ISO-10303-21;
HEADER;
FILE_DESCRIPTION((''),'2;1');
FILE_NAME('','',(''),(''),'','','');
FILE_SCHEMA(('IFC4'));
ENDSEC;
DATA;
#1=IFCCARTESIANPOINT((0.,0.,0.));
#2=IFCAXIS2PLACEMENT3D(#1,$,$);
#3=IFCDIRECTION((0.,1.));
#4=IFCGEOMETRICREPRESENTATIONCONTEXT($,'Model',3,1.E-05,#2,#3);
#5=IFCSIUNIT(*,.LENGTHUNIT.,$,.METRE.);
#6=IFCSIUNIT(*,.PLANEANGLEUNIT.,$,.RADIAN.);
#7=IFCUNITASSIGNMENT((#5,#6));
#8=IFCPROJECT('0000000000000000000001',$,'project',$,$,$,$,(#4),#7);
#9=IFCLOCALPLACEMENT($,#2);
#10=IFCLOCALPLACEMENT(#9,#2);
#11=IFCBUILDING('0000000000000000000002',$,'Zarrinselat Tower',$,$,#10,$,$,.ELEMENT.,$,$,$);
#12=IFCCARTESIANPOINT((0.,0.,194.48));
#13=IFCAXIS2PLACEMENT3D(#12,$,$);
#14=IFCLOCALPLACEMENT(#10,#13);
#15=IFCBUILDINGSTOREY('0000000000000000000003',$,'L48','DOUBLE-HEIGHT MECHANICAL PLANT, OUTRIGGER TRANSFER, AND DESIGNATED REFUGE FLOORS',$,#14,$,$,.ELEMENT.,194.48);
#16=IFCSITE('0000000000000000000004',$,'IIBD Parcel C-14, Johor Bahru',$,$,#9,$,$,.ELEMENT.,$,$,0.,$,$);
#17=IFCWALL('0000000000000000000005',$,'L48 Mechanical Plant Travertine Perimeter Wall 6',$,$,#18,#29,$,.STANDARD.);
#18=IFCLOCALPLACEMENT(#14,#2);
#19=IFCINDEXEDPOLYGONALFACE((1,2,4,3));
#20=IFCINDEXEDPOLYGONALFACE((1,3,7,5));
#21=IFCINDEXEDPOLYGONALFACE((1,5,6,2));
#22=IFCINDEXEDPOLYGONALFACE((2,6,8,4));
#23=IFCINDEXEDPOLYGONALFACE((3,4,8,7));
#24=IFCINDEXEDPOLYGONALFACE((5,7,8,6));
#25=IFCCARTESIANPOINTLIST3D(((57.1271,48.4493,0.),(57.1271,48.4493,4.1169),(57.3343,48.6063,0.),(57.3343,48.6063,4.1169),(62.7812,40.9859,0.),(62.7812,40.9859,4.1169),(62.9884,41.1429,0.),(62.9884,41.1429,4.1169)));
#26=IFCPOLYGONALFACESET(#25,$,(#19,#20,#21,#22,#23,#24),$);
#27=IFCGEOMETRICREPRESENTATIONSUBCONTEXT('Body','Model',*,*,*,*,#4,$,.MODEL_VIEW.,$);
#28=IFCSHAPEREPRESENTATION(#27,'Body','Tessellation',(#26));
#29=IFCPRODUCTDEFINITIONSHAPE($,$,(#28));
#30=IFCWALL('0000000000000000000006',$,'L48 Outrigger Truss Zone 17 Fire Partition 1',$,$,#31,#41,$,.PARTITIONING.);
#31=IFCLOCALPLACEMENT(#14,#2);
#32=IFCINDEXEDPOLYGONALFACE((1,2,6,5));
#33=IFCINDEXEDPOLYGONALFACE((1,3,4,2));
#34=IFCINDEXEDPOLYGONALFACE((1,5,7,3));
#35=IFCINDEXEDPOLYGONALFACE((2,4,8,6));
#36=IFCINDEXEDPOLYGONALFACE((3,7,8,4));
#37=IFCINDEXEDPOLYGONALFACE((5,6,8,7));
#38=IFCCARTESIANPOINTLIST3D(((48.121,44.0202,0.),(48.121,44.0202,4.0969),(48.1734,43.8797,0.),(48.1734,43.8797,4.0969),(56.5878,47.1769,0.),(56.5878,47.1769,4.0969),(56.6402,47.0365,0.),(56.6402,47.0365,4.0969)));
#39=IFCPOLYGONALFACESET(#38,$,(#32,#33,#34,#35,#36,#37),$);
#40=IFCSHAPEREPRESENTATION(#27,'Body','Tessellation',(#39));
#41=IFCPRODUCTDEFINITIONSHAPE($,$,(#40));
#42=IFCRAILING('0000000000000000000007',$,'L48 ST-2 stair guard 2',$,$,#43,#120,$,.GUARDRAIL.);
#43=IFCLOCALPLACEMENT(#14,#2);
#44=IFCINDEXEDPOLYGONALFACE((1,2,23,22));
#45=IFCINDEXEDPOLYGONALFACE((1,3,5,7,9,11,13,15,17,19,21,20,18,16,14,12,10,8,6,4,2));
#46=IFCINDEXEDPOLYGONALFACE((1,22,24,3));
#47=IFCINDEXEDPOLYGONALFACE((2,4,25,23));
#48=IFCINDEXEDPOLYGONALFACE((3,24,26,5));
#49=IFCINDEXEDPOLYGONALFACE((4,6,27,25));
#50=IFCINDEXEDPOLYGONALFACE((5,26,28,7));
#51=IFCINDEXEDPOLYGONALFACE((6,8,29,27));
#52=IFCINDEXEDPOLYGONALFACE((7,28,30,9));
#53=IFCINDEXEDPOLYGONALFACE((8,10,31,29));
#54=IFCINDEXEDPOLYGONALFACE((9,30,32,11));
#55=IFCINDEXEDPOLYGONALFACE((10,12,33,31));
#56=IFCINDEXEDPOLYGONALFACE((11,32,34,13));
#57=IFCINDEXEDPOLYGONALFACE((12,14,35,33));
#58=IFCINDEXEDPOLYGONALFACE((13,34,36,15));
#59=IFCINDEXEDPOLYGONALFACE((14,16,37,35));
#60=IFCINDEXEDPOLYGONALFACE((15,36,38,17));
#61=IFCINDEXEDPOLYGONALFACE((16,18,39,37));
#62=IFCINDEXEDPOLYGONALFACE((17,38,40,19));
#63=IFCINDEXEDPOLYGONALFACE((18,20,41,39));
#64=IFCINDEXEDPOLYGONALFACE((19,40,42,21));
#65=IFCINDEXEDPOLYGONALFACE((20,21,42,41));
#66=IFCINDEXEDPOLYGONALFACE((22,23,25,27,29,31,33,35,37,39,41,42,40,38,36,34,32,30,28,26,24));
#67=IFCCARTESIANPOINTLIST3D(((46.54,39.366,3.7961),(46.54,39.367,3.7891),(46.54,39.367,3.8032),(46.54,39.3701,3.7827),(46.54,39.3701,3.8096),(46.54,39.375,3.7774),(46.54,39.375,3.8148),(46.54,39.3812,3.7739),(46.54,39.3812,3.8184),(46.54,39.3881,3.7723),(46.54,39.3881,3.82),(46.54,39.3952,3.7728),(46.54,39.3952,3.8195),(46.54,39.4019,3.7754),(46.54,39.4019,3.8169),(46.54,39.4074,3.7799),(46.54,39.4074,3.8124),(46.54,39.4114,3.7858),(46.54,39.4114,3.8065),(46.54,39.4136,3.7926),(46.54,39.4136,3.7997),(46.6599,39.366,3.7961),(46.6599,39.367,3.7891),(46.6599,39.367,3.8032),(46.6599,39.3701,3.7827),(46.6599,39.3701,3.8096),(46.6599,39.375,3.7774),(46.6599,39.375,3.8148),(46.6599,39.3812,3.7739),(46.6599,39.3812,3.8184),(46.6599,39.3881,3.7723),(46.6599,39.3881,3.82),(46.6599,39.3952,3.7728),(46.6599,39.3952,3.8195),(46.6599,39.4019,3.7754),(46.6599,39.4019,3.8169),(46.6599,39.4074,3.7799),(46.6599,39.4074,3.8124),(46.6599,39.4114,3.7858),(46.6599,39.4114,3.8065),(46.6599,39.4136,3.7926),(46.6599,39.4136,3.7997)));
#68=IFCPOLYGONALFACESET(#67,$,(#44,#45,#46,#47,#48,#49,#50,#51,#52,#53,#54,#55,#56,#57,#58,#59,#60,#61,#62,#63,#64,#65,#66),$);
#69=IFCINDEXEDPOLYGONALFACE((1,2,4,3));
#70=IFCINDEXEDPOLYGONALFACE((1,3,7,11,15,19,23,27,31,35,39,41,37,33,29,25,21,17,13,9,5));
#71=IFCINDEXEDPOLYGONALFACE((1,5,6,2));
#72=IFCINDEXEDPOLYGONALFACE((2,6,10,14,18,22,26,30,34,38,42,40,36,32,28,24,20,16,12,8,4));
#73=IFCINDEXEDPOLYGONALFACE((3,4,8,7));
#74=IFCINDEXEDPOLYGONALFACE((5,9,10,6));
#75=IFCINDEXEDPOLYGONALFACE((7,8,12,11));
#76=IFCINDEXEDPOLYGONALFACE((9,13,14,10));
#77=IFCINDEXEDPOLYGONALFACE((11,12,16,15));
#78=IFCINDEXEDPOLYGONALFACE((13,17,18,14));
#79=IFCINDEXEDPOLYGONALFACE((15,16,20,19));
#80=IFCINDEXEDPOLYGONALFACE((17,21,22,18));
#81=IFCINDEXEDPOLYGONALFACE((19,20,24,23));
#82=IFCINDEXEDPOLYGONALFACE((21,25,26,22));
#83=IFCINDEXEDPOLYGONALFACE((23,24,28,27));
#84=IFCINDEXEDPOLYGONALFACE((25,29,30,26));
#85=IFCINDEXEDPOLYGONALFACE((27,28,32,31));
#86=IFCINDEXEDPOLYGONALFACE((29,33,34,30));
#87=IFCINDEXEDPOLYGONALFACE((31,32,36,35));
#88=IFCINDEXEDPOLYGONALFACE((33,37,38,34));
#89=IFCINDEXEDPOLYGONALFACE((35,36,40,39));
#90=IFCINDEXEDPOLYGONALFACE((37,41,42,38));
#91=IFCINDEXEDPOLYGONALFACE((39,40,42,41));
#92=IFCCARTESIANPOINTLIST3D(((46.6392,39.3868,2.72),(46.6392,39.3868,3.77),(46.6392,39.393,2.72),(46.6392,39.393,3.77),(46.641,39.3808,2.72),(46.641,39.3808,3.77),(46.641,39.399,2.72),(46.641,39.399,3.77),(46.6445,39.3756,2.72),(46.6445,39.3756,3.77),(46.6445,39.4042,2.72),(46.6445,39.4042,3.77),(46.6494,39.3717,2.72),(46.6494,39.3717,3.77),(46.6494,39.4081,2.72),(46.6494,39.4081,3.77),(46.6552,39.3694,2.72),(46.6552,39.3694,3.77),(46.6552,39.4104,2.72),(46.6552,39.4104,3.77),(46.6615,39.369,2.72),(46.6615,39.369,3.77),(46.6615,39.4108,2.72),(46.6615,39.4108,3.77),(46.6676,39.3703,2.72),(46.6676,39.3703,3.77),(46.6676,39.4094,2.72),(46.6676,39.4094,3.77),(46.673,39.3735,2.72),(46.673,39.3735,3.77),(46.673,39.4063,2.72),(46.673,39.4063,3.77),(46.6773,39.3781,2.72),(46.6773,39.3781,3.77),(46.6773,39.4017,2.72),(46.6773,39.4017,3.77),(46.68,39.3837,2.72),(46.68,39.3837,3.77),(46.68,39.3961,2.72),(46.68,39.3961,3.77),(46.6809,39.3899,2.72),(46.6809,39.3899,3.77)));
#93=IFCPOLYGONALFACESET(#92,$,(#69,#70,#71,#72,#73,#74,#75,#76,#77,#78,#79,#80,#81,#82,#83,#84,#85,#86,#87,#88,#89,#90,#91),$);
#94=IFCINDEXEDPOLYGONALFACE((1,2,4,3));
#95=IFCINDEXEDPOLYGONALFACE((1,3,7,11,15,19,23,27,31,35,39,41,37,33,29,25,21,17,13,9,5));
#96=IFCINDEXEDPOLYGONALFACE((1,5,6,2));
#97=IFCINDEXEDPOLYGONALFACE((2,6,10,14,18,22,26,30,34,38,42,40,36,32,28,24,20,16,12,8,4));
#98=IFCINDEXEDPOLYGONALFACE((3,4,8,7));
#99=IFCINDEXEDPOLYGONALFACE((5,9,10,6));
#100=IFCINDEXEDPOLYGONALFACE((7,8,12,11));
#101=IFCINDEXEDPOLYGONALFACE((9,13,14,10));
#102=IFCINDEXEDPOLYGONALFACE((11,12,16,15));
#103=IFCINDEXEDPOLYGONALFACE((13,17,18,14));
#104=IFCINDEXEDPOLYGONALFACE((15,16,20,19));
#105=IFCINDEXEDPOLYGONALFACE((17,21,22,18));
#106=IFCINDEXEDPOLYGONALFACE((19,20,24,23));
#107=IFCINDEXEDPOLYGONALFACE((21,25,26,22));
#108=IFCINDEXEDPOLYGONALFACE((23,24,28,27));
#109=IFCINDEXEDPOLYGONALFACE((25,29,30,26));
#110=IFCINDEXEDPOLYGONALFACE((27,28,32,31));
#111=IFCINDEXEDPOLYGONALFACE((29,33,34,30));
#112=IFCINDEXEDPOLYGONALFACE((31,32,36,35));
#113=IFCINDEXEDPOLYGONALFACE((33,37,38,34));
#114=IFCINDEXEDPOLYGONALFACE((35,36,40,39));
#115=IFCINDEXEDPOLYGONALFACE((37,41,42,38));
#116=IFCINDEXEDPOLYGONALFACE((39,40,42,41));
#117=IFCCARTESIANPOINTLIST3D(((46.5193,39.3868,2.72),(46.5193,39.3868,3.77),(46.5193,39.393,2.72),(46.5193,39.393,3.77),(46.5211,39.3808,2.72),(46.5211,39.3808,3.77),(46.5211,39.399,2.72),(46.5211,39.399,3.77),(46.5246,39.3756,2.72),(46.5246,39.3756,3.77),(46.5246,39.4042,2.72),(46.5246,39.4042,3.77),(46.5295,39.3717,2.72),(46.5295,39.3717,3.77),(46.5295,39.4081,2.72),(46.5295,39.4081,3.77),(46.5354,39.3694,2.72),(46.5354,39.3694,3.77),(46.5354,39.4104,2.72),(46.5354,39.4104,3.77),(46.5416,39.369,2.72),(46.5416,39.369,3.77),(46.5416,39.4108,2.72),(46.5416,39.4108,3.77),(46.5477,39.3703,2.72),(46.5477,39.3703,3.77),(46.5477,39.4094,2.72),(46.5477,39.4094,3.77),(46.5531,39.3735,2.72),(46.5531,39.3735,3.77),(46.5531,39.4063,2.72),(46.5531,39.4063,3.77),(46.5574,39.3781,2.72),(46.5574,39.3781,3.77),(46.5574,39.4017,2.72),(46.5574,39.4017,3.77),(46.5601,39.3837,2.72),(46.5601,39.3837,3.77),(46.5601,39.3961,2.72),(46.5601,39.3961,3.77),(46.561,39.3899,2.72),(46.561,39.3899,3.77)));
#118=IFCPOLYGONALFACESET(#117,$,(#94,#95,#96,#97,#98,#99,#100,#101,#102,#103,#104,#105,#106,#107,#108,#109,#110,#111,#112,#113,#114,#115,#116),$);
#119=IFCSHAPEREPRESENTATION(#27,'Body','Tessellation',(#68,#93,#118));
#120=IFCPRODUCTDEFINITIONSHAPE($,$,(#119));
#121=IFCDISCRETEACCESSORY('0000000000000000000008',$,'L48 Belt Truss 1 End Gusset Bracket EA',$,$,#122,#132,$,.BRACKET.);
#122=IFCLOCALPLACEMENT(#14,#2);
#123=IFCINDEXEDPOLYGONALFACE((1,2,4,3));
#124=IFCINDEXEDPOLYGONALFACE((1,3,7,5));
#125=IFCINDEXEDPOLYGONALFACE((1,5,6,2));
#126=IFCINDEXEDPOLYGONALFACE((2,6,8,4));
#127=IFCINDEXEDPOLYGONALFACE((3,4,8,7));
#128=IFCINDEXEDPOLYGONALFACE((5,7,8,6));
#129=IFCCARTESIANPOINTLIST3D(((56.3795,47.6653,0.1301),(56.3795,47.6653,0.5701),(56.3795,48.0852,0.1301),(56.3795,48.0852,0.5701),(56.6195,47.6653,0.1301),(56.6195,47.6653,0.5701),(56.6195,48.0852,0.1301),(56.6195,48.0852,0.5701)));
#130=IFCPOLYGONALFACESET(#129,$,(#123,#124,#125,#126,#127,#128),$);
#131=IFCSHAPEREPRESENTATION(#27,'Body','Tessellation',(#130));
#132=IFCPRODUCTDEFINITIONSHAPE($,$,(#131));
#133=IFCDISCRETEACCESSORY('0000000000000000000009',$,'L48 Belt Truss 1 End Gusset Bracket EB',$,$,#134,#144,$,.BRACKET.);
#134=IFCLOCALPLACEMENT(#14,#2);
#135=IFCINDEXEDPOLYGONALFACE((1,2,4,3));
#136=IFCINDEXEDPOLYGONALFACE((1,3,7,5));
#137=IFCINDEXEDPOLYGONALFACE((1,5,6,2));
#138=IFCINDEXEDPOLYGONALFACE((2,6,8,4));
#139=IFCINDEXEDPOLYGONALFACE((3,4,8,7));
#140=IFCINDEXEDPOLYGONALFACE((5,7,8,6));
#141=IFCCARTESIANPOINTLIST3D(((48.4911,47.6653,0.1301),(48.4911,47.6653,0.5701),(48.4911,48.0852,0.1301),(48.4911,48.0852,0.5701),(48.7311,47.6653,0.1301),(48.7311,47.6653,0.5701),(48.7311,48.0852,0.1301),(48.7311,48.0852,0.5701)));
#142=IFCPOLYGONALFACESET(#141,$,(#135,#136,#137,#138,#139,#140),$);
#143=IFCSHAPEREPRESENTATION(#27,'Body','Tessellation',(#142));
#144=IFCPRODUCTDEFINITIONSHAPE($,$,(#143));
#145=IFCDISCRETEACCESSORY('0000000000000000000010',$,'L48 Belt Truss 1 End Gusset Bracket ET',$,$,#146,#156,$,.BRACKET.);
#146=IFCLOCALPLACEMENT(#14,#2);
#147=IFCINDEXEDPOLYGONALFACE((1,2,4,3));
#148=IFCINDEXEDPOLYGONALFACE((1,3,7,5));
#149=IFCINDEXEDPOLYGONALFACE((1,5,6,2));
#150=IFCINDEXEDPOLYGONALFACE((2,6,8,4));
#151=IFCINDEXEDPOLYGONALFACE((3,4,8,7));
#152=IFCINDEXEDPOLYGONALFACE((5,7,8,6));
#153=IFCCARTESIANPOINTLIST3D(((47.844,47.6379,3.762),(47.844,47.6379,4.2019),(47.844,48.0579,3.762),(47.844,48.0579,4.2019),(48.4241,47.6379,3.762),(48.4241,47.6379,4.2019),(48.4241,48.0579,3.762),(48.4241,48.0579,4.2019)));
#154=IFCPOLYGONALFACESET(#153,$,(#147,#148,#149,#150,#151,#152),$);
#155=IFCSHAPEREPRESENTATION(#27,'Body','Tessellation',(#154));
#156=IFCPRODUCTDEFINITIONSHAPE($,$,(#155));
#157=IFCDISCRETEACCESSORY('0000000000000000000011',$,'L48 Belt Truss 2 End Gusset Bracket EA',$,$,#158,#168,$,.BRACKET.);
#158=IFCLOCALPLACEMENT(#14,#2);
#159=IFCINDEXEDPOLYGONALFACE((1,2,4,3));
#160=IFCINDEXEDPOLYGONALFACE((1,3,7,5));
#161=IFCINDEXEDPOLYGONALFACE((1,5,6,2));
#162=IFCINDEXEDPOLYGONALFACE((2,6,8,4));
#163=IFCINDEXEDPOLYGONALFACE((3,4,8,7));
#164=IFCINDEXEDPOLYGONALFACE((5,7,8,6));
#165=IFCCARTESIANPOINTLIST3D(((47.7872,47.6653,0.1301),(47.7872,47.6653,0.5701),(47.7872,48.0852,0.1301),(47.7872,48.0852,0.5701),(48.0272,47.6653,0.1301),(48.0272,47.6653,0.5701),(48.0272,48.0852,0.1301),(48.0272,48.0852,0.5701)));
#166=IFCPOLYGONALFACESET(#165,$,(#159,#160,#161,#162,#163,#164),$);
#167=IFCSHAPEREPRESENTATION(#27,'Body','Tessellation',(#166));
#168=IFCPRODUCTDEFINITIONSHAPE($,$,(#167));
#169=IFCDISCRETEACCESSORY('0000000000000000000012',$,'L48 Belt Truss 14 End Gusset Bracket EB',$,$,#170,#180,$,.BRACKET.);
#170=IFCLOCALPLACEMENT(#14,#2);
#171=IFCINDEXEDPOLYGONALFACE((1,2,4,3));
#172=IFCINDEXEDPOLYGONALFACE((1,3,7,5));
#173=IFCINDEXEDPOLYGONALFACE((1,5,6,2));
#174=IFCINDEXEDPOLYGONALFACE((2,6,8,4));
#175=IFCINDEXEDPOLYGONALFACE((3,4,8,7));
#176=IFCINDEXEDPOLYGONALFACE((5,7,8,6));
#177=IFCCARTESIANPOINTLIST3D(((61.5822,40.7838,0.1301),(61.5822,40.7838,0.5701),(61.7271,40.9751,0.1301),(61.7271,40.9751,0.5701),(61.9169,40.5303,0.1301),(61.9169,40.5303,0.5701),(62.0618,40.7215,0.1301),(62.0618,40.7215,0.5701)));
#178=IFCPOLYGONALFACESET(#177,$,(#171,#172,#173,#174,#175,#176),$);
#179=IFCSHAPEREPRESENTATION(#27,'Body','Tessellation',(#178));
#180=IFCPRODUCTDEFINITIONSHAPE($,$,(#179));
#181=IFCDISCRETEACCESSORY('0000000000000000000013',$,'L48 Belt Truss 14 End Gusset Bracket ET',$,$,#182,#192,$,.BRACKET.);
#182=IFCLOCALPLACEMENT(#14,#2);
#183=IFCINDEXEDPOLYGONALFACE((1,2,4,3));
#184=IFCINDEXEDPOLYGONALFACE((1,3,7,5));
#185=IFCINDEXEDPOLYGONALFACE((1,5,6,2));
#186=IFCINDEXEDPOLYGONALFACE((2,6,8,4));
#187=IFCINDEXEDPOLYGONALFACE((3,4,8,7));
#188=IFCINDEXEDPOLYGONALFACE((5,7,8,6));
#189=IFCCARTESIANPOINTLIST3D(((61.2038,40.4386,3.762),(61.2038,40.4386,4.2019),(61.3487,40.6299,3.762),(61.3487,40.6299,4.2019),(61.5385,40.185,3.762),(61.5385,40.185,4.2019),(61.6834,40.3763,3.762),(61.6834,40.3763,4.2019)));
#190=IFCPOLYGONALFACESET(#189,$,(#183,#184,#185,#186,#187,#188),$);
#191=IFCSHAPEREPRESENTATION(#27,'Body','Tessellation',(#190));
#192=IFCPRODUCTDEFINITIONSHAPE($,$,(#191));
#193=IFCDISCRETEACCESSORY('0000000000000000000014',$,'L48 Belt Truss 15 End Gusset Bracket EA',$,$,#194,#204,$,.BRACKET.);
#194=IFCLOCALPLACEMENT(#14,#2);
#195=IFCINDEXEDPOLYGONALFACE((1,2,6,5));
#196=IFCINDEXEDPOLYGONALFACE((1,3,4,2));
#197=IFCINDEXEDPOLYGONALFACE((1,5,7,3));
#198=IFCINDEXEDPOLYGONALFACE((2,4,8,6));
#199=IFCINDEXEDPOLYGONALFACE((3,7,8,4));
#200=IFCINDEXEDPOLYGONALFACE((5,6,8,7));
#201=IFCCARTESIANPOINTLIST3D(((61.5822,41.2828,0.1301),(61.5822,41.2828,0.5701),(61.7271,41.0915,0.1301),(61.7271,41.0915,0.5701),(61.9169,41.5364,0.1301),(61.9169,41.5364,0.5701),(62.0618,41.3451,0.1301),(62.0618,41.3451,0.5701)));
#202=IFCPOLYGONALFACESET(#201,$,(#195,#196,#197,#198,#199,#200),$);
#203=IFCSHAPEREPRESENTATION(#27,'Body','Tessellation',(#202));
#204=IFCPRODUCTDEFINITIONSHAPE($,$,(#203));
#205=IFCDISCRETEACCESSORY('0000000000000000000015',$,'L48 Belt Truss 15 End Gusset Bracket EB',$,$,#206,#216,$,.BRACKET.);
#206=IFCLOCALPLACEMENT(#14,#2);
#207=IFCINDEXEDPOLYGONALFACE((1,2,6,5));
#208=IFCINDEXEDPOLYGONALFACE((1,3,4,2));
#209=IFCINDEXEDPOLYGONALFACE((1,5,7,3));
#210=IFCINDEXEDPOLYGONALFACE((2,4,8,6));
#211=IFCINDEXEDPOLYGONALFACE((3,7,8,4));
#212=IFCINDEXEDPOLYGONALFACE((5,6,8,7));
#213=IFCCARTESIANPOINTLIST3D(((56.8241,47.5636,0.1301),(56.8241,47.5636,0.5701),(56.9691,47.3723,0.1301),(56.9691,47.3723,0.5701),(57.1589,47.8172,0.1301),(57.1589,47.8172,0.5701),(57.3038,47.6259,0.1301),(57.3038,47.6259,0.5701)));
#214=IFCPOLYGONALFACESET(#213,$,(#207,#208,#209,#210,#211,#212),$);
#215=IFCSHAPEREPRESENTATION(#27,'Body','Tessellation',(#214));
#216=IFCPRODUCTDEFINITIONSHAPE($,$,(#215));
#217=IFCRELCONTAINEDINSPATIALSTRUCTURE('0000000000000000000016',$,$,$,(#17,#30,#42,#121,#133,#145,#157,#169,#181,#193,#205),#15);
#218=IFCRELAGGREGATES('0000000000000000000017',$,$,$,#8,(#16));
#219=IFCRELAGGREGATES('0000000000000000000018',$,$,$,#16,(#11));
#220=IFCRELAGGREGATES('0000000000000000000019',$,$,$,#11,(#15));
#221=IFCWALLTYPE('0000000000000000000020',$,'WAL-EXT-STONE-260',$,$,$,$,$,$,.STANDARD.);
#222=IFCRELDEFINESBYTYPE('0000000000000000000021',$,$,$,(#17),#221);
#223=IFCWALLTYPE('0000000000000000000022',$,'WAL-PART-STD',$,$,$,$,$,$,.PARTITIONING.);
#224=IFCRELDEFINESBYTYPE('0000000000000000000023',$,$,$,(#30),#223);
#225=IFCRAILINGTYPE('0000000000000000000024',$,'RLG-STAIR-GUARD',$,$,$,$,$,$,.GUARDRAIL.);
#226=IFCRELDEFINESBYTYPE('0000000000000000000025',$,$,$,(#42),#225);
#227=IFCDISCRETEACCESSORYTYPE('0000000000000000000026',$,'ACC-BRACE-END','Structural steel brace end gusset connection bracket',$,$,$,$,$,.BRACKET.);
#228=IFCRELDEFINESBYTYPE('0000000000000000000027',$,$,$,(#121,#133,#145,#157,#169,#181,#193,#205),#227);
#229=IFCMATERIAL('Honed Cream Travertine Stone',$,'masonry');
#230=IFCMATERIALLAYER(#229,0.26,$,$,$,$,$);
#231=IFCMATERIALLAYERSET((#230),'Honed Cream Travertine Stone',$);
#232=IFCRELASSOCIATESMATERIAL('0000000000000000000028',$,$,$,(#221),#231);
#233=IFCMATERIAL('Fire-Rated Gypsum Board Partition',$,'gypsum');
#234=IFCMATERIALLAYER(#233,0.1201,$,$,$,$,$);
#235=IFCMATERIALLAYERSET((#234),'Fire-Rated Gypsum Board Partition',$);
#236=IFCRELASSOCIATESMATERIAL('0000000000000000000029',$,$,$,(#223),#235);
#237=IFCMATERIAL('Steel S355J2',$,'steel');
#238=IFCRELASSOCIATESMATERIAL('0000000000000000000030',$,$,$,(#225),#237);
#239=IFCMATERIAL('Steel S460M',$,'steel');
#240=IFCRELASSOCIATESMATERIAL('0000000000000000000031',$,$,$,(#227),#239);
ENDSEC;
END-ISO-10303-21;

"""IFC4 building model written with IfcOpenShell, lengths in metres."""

from ifc_helpers import new_model, si_unit, direction, frame, frame_2d, origin, origin_2d, place, context, subcontext, project, spatial, rectangle, circle, extrude, material, layer, layer_set, type_object, element, save


model = new_model("IFC4")

# Units and contexts
model_context = context("Model", 3, precision=1e-05, world=origin(), true_north=direction((0.0, 1.0)))
body_context = subcontext(model_context, "Body", "Model", "MODEL_VIEW")
ifc_project = project(units=[si_unit("LENGTHUNIT", "METRE"), si_unit("PLANEANGLEUNIT", "RADIAN")], contexts=[model_context])

# Site, building, storey
site_placement = place(None, origin())
site = spatial("IfcSite", under=ifc_project, at=site_placement, Name="IIBD Parcel C-14, Johor Bahru", CompositionType="ELEMENT", RefElevation=0.0)
building_placement = place(site_placement, origin())
building = spatial("IfcBuilding", under=site, at=building_placement, Name="Zarrinselat Tower", CompositionType="ELEMENT")
storey_placement = place(building_placement, frame((0.0, 0.0, 194.48)))
storey = spatial("IfcBuildingStorey", under=building, at=storey_placement, Name="L48", Description="DOUBLE-HEIGHT MECHANICAL PLANT, OUTRIGGER TRANSFER, AND DESIGNATED REFUGE FLOORS", CompositionType="ELEMENT", Elevation=194.48)

# Walls
ifc_material_1 = material(Name="Honed Cream Travertine Stone", Category="masonry")
ifc_layer_1 = layer(ifc_material_1, 0.26)
ifc_layer_set_1 = layer_set([ifc_layer_1], Name="Honed Cream Travertine Stone")
wall_type_1 = type_object("IfcWallType", Name="WAL-EXT-STONE-260", PredefinedType="STANDARD", material=ifc_layer_set_1)
wall_1_placement = place(storey_placement, frame((57.2307, 48.5278, 0.0), z_axis=(0.0, 0.0, 1.0), x_axis=(0.603856, -0.797093, 0.0)))
element("IfcWall", 1, at=wall_1_placement, inside=storey, type_object=wall_type_1, Name="L48 Mechanical Plant Travertine Perimeter Wall 6", PredefinedType="STANDARD", context=body_context, shape_type="SweptSolid", body=[
    extrude(rectangle(XDim=9.3633, YDim=0.26, at=frame_2d((4.6816, 0.0))), origin(), (0.0, 0.0, 1.0), 4.1169),
])
ifc_material_2 = material(Name="Fire-Rated Gypsum Board Partition", Category="gypsum")
ifc_layer_2 = layer(ifc_material_2, 0.1201)
ifc_layer_set_2 = layer_set([ifc_layer_2], Name="Fire-Rated Gypsum Board Partition")
wall_type_2 = type_object("IfcWallType", Name="WAL-PART-STD", PredefinedType="PARTITIONING", material=ifc_layer_set_2)
wall_2_placement = place(storey_placement, frame((48.1472, 43.95, 0.0), z_axis=(0.0, 0.0, 1.0), x_axis=(0.936994, 0.349346, 0.0)))
element("IfcWall", 2, at=wall_2_placement, inside=storey, type_object=wall_type_2, Name="L48 Outrigger Truss Zone 17 Fire Partition 1", PredefinedType="PARTITIONING", context=body_context, shape_type="SweptSolid", body=[
    extrude(rectangle(XDim=9.0361, YDim=0.1499, at=frame_2d((4.5181, 0.0))), origin(), (0.0, 0.0, 1.0), 4.0969),
])

# Railing
ifc_material_3 = material(Name="Steel S355J2", Category="steel")
railing_type = type_object("IfcRailingType", Name="RLG-STAIR-GUARD", PredefinedType="GUARDRAIL", material=ifc_material_3)
railing_placement = place(storey_placement, frame((46.6599, 39.3899, 2.72)))
element("IfcRailing", 3, at=railing_placement, inside=storey, type_object=railing_type, Name="L48 ST-2 stair guard 2", PredefinedType="GUARDRAIL", context=body_context, shape_type="SweptSolid", body=[
    extrude(circle(Radius=0.0239, at=origin_2d()), frame((0.0, 0.0, 1.0762), z_axis=(-1.0, 0.0, 0.0), x_axis=(0.0, -1.0, 0.0)), (0.0, 0.0, 1.0), 0.1199),
    extrude(circle(Radius=0.021, at=origin_2d()), origin(), (0.0, 0.0, 1.0), 1.05),
    extrude(circle(Radius=0.021, at=origin_2d()), frame((-0.1199, 0.0, 0.0)), (0.0, 0.0, 1.0), 1.05),
])

# Discrete accessories
ifc_material_4 = material(Name="Steel S460M", Category="steel")
discrete_accessory_type_1 = type_object("IfcDiscreteAccessoryType", Name="ACC-BRACE-END", Description="Structural steel brace end gusset connection bracket", PredefinedType="BRACKET", material=ifc_material_4)
for number, where, z_axis, x_axis, name in (
    (4, (56.4995, 47.8752, 0.1301), (0.0, 0.0, 1.0), (-1.0, 0.0, 0.0), "L48 Belt Truss 1 End Gusset Bracket EA"),
    (5, (48.6111, 47.8752, 0.1301), (0.0, 0.0, 1.0), (-1.0, 0.0, 0.0), "L48 Belt Truss 1 End Gusset Bracket EB"),
):
    element("IfcDiscreteAccessory", number, at=place(storey_placement, frame(where, z_axis=z_axis, x_axis=x_axis)), inside=storey, type_object=discrete_accessory_type_1, Name=name, PredefinedType="BRACKET", context=body_context, shape_type="SweptSolid", body=[
        extrude(rectangle(XDim=0.24, YDim=0.4199, at=origin_2d()), origin(), (0.0, 0.0, 1.0), 0.4399),
    ])
discrete_accessory_1_placement = place(storey_placement, frame((48.134, 47.8479, 3.762), z_axis=(0.0, 0.0, 1.0), x_axis=(-1.0, 0.0, 0.0)))
element("IfcDiscreteAccessory", 6, at=discrete_accessory_1_placement, inside=storey, type_object=discrete_accessory_type_1, Name="L48 Belt Truss 1 End Gusset Bracket ET", PredefinedType="BRACKET", context=body_context, shape_type="SweptSolid", body=[
    extrude(rectangle(XDim=0.5801, YDim=0.4199, at=origin_2d()), origin(), (0.0, 0.0, 1.0), 0.4399),
])
for number, where, z_axis, x_axis, name in (
    (7, (47.9072, 47.8752, 0.1301), (0.0, 0.0, 1.0), (-1.0, 0.0, 0.0), "L48 Belt Truss 2 End Gusset Bracket EA"),
    (8, (61.822, 40.7527, 0.1301), (0.0, 0.0, 1.0), (0.603856, 0.797093, 0.0), "L48 Belt Truss 14 End Gusset Bracket EB"),
    (9, (61.4436, 40.4075, 3.762), (0.0, 0.0, 1.0), (0.603856, 0.797093, 0.0), "L48 Belt Truss 14 End Gusset Bracket ET"),
    (10, (61.822, 41.314, 0.1301), (0.0, 0.0, 1.0), (-0.603845, 0.797102, 0.0), "L48 Belt Truss 15 End Gusset Bracket EA"),
    (11, (57.064, 47.5947, 0.1301), (0.0, 0.0, 1.0), (-0.603845, 0.797102, 0.0), "L48 Belt Truss 15 End Gusset Bracket EB"),
):
    element("IfcDiscreteAccessory", number, at=place(storey_placement, frame(where, z_axis=z_axis, x_axis=x_axis)), inside=storey, type_object=discrete_accessory_type_1, Name=name, PredefinedType="BRACKET", context=body_context, shape_type="SweptSolid", body=[
        extrude(rectangle(XDim=0.24, YDim=0.4199, at=origin_2d()), origin(), (0.0, 0.0, 1.0), 0.4399),
    ])

save(model, "model.ifc")
